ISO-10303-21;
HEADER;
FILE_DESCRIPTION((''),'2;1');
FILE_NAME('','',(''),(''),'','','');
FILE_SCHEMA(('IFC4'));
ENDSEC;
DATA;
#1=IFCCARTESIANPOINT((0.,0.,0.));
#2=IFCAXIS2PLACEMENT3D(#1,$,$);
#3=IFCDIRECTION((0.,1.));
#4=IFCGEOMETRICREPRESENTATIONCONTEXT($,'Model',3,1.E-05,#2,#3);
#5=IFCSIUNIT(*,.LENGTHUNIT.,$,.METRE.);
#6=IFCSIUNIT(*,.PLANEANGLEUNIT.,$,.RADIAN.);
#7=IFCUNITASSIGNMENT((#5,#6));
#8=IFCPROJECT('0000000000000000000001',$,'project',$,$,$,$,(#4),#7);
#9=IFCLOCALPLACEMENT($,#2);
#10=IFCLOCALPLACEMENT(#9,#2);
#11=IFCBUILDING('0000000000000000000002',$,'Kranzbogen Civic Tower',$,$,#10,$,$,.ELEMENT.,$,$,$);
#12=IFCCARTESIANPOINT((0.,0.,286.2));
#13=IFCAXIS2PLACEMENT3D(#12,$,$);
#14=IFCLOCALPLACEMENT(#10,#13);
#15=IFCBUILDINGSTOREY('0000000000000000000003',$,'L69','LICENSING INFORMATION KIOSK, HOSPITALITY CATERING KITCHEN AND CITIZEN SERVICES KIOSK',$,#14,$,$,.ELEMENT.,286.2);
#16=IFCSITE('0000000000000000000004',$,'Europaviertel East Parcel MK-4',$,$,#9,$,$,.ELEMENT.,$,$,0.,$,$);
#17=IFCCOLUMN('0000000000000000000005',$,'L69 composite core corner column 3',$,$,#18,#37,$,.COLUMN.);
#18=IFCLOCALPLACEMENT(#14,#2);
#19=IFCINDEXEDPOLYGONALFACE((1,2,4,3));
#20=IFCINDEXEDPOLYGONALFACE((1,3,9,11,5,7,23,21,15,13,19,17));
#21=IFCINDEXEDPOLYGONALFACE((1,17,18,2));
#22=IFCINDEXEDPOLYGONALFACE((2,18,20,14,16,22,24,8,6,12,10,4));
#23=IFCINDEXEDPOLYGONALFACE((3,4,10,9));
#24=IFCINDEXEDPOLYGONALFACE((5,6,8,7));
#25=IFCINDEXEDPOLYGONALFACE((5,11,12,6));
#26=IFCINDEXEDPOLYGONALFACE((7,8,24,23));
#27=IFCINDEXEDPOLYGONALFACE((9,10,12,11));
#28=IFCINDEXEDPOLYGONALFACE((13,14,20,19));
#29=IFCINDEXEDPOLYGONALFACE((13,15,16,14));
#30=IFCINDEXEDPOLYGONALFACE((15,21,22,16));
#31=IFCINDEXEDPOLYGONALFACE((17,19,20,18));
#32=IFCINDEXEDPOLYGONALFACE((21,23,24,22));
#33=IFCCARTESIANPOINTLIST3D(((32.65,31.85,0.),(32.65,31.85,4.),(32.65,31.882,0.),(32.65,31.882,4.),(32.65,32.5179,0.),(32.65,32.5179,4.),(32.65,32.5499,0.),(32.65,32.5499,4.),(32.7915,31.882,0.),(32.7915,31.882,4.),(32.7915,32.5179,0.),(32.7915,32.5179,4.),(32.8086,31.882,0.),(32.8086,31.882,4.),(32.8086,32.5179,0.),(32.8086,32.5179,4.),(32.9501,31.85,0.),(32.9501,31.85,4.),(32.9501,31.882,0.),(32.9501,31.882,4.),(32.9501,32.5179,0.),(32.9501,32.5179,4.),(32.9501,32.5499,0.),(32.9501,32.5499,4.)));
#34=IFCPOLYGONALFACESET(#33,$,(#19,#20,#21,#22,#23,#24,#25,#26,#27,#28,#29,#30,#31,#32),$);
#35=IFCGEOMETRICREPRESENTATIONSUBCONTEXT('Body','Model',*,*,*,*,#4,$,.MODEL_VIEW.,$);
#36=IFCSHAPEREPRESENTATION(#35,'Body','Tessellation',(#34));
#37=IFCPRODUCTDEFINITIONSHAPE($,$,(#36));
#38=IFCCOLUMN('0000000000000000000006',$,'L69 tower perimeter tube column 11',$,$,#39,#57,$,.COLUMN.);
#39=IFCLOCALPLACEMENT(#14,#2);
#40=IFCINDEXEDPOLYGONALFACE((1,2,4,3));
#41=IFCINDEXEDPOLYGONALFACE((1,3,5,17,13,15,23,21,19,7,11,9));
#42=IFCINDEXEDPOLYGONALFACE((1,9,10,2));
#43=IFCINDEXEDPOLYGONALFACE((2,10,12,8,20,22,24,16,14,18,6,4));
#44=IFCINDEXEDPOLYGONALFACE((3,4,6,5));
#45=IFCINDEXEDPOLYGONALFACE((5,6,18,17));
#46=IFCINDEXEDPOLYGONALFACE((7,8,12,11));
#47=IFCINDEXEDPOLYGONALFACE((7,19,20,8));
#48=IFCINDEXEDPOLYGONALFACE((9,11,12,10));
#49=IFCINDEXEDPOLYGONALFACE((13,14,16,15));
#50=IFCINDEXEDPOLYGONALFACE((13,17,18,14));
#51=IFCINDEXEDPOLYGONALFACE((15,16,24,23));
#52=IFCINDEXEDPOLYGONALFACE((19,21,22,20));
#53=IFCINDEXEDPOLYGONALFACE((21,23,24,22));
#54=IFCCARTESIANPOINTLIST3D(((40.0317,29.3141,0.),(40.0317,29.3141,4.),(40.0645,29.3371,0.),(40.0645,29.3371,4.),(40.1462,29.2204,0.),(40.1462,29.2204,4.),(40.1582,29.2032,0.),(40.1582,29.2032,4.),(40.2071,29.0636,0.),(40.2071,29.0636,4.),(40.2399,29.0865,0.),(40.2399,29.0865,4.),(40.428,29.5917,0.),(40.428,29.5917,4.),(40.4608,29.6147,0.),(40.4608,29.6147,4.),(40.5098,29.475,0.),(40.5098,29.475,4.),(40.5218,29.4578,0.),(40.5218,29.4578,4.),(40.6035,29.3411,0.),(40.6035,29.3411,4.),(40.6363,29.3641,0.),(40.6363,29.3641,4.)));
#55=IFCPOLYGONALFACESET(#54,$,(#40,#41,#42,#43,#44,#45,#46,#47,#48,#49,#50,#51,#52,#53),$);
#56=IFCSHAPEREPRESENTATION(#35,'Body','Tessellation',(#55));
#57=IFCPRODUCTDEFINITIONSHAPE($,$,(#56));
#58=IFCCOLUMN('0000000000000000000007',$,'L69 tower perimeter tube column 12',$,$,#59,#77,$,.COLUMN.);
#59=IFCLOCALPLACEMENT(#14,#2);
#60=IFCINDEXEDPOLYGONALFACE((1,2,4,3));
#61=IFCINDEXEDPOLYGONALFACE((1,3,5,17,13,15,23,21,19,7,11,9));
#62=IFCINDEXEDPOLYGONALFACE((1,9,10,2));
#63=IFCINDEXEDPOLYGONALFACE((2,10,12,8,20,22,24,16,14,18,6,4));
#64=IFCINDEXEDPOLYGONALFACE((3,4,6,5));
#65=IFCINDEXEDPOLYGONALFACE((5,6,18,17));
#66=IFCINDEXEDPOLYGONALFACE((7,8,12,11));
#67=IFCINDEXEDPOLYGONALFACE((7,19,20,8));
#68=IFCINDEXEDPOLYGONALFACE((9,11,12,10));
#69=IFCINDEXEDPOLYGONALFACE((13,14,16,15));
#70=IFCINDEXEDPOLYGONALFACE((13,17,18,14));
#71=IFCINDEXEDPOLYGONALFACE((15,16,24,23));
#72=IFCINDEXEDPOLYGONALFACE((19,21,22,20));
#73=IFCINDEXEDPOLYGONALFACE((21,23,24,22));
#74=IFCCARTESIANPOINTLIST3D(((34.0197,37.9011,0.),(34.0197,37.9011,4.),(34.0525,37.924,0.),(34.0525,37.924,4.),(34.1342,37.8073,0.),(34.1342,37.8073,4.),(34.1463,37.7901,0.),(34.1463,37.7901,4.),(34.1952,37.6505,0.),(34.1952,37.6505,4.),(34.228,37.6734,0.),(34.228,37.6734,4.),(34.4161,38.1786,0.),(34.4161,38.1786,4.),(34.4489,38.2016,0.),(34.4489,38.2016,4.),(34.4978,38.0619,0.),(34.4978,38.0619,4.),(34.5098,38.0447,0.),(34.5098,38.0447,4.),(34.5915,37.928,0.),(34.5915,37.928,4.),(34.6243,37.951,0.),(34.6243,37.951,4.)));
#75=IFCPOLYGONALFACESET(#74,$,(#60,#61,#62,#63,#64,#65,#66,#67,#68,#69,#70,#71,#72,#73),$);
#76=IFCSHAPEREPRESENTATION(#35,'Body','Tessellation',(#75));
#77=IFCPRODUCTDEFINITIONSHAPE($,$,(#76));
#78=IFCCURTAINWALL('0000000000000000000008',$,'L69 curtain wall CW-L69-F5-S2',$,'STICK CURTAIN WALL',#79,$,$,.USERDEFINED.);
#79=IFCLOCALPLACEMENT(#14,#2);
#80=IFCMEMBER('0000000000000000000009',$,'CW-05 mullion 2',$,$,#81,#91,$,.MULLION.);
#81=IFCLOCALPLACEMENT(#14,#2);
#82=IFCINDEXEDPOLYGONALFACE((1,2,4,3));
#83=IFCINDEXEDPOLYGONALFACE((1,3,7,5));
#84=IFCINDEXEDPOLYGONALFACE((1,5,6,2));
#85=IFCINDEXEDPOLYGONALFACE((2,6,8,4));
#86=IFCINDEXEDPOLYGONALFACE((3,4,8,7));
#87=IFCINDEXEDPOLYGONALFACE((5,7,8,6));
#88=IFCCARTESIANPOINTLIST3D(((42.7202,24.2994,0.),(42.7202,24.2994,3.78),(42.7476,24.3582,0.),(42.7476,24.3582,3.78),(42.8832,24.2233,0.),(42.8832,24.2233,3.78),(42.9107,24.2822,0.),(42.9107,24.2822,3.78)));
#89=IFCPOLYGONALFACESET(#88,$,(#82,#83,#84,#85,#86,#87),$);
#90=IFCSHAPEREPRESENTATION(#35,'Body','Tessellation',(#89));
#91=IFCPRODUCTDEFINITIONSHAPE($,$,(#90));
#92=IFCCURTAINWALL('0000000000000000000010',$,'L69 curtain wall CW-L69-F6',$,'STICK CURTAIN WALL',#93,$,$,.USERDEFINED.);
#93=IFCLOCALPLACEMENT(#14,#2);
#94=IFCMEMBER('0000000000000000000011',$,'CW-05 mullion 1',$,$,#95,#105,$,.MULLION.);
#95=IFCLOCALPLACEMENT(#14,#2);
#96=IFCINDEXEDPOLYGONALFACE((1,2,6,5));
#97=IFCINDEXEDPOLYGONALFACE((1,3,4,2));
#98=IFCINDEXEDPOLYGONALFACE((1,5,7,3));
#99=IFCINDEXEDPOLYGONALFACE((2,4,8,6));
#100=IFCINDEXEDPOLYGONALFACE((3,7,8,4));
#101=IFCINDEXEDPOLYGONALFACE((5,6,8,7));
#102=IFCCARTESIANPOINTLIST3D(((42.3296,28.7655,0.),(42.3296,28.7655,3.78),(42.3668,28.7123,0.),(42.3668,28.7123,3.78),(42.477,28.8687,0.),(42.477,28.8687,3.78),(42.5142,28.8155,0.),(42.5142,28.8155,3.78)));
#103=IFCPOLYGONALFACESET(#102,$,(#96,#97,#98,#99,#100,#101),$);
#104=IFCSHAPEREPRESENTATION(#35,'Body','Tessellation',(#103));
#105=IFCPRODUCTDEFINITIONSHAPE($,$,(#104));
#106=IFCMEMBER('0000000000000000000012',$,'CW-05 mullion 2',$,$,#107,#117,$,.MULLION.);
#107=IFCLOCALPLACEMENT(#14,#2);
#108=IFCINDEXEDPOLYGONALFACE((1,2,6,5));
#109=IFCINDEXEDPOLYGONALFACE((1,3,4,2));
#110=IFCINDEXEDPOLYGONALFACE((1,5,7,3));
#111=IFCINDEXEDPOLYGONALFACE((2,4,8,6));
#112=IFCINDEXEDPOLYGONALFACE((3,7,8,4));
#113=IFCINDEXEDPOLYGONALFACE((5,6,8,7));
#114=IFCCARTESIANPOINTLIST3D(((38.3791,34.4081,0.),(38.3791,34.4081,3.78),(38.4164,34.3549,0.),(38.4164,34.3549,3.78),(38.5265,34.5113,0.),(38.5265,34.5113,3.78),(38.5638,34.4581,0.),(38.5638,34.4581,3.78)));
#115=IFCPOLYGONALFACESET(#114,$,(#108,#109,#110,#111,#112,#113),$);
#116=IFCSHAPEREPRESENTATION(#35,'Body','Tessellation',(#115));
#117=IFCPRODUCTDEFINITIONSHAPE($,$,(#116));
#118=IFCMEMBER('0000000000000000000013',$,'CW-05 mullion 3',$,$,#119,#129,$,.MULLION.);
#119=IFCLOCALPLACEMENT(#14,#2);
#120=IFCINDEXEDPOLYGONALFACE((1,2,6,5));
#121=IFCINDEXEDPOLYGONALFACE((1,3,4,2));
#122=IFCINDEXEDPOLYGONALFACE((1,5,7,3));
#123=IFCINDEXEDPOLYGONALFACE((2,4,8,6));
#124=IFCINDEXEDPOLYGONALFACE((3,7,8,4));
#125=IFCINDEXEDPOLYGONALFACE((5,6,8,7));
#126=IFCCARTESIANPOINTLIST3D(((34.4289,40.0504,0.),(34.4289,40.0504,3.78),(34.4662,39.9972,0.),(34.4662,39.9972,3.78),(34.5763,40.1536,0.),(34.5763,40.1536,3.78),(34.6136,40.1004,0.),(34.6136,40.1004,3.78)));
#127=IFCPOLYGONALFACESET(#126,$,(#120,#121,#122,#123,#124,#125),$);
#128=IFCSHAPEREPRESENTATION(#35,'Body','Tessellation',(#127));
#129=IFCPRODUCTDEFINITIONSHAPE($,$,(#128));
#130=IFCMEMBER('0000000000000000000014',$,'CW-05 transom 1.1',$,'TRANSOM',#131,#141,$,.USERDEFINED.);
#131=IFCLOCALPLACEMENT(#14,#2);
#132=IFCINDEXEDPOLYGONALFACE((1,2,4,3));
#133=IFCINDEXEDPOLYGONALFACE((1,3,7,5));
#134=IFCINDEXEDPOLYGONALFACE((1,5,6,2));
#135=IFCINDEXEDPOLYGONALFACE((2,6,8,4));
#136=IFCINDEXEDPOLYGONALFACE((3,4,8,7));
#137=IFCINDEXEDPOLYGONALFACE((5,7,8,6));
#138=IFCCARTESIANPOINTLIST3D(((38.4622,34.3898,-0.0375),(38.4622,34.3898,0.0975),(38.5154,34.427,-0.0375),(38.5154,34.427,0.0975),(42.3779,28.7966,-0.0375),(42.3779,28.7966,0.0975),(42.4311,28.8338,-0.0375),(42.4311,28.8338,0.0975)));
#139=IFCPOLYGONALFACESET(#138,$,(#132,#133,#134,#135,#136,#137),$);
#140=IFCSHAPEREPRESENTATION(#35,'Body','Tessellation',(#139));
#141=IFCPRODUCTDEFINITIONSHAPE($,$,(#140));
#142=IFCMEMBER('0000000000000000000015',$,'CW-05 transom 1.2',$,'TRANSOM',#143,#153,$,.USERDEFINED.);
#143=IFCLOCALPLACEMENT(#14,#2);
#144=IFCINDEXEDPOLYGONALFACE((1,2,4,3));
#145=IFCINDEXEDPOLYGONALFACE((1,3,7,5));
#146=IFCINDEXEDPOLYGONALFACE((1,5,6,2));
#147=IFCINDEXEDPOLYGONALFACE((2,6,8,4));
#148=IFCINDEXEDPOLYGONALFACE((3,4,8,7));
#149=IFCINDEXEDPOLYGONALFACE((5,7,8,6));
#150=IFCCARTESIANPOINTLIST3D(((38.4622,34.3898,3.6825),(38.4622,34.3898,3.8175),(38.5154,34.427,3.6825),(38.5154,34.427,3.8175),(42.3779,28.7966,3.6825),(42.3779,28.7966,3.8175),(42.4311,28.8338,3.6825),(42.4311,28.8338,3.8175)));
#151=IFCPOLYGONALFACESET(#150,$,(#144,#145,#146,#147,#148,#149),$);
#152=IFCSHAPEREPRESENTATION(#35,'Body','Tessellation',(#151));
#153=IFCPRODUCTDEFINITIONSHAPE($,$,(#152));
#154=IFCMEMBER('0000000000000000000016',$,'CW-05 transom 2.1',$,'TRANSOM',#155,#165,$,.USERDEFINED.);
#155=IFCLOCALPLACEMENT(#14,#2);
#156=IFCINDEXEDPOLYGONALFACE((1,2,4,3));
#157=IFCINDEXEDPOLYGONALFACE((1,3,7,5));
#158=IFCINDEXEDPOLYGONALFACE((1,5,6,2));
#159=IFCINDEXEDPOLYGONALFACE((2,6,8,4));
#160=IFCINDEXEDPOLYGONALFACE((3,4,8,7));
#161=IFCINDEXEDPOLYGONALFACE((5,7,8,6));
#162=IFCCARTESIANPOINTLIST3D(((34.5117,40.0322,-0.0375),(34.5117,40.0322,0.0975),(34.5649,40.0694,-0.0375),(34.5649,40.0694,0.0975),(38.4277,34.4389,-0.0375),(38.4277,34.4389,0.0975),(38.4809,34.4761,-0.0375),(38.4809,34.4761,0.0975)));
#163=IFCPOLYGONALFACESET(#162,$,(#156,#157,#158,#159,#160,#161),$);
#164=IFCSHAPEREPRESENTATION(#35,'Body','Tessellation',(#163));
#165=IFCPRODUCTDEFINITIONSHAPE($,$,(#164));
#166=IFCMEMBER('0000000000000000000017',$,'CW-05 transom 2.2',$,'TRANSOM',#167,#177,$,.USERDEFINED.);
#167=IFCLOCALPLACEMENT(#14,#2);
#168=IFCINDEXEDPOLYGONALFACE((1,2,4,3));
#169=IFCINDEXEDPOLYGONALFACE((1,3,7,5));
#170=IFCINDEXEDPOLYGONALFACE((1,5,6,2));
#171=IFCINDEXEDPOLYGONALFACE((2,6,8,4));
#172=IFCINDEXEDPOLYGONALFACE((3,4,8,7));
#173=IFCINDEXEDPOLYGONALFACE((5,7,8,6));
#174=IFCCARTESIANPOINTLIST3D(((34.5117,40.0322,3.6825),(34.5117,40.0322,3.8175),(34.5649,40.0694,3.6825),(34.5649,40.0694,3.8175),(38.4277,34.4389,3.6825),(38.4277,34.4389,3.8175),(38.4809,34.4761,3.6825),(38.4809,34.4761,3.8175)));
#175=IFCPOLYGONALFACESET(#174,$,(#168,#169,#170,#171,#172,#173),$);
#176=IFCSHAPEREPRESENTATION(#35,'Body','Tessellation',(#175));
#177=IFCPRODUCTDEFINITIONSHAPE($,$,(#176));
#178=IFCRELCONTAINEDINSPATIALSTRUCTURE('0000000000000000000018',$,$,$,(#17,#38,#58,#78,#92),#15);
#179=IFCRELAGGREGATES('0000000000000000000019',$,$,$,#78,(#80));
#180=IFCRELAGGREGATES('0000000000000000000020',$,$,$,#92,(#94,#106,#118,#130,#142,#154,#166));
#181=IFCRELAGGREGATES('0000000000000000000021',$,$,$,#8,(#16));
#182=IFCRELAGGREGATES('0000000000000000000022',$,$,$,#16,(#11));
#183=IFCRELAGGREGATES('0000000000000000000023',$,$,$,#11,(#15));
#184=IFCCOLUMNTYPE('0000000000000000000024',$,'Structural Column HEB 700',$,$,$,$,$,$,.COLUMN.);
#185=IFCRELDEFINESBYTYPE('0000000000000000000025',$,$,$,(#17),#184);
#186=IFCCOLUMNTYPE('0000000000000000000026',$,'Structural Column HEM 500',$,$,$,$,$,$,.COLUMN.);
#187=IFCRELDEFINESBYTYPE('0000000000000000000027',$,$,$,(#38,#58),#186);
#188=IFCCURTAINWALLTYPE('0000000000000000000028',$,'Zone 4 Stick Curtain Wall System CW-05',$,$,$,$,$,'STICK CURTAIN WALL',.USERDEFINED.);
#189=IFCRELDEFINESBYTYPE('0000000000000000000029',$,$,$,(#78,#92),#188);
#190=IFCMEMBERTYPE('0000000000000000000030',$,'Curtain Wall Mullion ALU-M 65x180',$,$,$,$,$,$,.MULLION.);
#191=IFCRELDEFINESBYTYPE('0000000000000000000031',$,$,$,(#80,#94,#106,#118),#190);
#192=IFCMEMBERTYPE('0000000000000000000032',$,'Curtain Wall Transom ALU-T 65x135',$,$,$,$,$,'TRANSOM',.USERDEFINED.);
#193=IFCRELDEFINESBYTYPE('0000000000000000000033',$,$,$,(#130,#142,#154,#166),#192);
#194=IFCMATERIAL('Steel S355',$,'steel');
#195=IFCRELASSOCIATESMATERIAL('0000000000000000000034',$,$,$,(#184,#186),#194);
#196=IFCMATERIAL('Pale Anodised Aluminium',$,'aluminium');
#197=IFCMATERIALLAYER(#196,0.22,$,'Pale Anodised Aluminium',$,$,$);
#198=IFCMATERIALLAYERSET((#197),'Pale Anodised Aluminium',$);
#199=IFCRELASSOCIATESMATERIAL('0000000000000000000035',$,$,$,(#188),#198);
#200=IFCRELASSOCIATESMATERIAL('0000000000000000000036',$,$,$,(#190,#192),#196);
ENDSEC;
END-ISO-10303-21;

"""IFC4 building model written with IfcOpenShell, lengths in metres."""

from ifc_helpers import new_model, si_unit, direction, frame, origin, origin_2d, place, context, subcontext, project, spatial, rectangle, i_section, extrude, material, layer, layer_set, material_profile, profile_set, type_object, element, aggregate, save


model = new_model("IFC4")

# Units and contexts
model_context = context("Model", 3, precision=1e-05, world=origin(), true_north=direction((0.0, 1.0)))
body_context = subcontext(model_context, "Body", "Model", "MODEL_VIEW")
ifc_project = project(units=[si_unit("LENGTHUNIT", "METRE"), si_unit("PLANEANGLEUNIT", "RADIAN")], contexts=[model_context])

# Site, building, storey
site_placement = place(None, origin())
site = spatial("IfcSite", under=ifc_project, at=site_placement, Name="Europaviertel East Parcel MK-4", CompositionType="ELEMENT", RefElevation=0.0)
building_placement = place(site_placement, origin())
building = spatial("IfcBuilding", under=site, at=building_placement, Name="Kranzbogen Civic Tower", CompositionType="ELEMENT")
storey_placement = place(building_placement, frame((0.0, 0.0, 286.2)))
storey = spatial("IfcBuildingStorey", under=building, at=storey_placement, Name="L69", Description="LICENSING INFORMATION KIOSK, HOSPITALITY CATERING KITCHEN AND CITIZEN SERVICES KIOSK", CompositionType="ELEMENT", Elevation=286.2)

# Columns
ifc_material_1 = material(Name="Steel S355", Category="steel")
ifc_material_profile_1 = material_profile(ifc_material_1, i_section(OverallWidth=0.3, OverallDepth=0.7, WebThickness=0.0171, FlangeThickness=0.032, at=origin_2d()), Name="HEB 700")
ifc_profile_set_1 = profile_set([ifc_material_profile_1], Name="Steel S355")
column_type_1 = type_object("IfcColumnType", Name="Structural Column HEB 700", PredefinedType="COLUMN", material=ifc_profile_set_1)
column_placement = place(storey_placement, frame((32.8, 32.2, 0.0), z_axis=(0.0, 0.0, 1.0), x_axis=(1.0, 0.0, 0.0)))
element("IfcColumn", 1, at=column_placement, inside=storey, type_object=column_type_1, Name="L69 composite core corner column 3", PredefinedType="COLUMN", context=body_context, shape_type="SweptSolid", body=[
    extrude(i_section(OverallWidth=0.3, OverallDepth=0.7, WebThickness=0.0171, FlangeThickness=0.032, at=origin_2d()), origin(), (0.0, 0.0, 1.0), 4.0),
])
ifc_material_profile_2 = material_profile(ifc_material_1, i_section(OverallWidth=0.3059, OverallDepth=0.5239, WebThickness=0.021, FlangeThickness=0.04, at=origin_2d()), Name="HEM 500")
ifc_profile_set_2 = profile_set([ifc_material_profile_2], Name="Steel S355")
column_type_2 = type_object("IfcColumnType", Name="Structural Column HEM 500", PredefinedType="COLUMN", material=ifc_profile_set_2)
for number, where, z_axis, x_axis, name in (
    (2, (40.334, 29.3391, 0.0), (0.0, 0.0, 1.0), (-0.573576, 0.819152, 0.0), "L69 tower perimeter tube column 11"),
    (3, (34.322, 37.926, 0.0), (0.0, 0.0, 1.0), (-0.573576, 0.819152, 0.0), "L69 tower perimeter tube column 12"),
):
    element("IfcColumn", number, at=place(storey_placement, frame(where, z_axis=z_axis, x_axis=x_axis)), inside=storey, type_object=column_type_2, Name=name, PredefinedType="COLUMN", context=body_context, shape_type="SweptSolid", body=[
        extrude(i_section(OverallWidth=0.3059, OverallDepth=0.5239, WebThickness=0.021, FlangeThickness=0.04, at=origin_2d()), origin(), (0.0, 0.0, 1.0), 4.0),
    ])

# Curtain wall, member
ifc_material_2 = material(Name="Pale Anodised Aluminium", Category="aluminium")
ifc_layer_1 = layer(ifc_material_2, 0.22, Name="Pale Anodised Aluminium")
ifc_layer_set_1 = layer_set([ifc_layer_1], Name="Pale Anodised Aluminium")
curtain_wall_type = type_object("IfcCurtainWallType", Name="Zone 4 Stick Curtain Wall System CW-05", ElementType="STICK CURTAIN WALL", PredefinedType="USERDEFINED", material=ifc_layer_set_1)
curtain_wall_1_placement = place(storey_placement, origin())
curtain_wall_1 = element("IfcCurtainWall", 4, at=curtain_wall_1_placement, inside=storey, type_object=curtain_wall_type, Name="L69 curtain wall CW-L69-F5-S2", ObjectType="STICK CURTAIN WALL", PredefinedType="USERDEFINED")
ifc_material_profile_3 = material_profile(ifc_material_2, rectangle(XDim=0.0649, YDim=0.1799, at=origin_2d()), Name="ALU-M 65x180")
ifc_profile_set_3 = profile_set([ifc_material_profile_3], Name="Pale Anodised Aluminium")
member_type_1 = type_object("IfcMemberType", Name="Curtain Wall Mullion ALU-M 65x180", PredefinedType="MULLION", material=ifc_profile_set_3)
member_1_placement = place(storey_placement, frame((42.8154, 24.2908, 0.0), z_axis=(0.0, 0.0, 1.0), x_axis=(0.422627, 0.906304, 0.0)))
member_1 = element("IfcMember", 5, at=member_1_placement, type_object=member_type_1, Name="CW-05 mullion 2", PredefinedType="MULLION", context=body_context, shape_type="SweptSolid", body=[
    extrude(rectangle(XDim=0.0649, YDim=0.1799, at=origin_2d()), origin(), (0.0, 0.0, 1.0), 3.78),
])
aggregate(curtain_wall_1, [member_1])

# Curtain wall, members
curtain_wall_2_placement = place(storey_placement, origin())
curtain_wall_2 = element("IfcCurtainWall", 6, at=curtain_wall_2_placement, inside=storey, type_object=curtain_wall_type, Name="L69 curtain wall CW-L69-F6", ObjectType="STICK CURTAIN WALL", PredefinedType="USERDEFINED")
member_2_placement = place(storey_placement, frame((42.4219, 28.7905, 0.0), z_axis=(0.0, 0.0, 1.0), x_axis=(-0.573521, 0.819191, 0.0)))
member_2 = element("IfcMember", 7, at=member_2_placement, type_object=member_type_1, Name="CW-05 mullion 1", PredefinedType="MULLION", context=body_context, shape_type="SweptSolid", body=[
    extrude(rectangle(XDim=0.0649, YDim=0.1799, at=origin_2d()), origin(), (0.0, 0.0, 1.0), 3.78),
])
member_3_placement = place(storey_placement, frame((38.4714, 34.4331, 0.0), z_axis=(0.0, 0.0, 1.0), x_axis=(-0.573521, 0.819191, 0.0)))
member_3 = element("IfcMember", 8, at=member_3_placement, type_object=member_type_1, Name="CW-05 mullion 2", PredefinedType="MULLION", context=body_context, shape_type="SweptSolid", body=[
    extrude(rectangle(XDim=0.0649, YDim=0.1799, at=origin_2d()), origin(), (0.0, 0.0, 1.0), 3.78),
])
member_4_placement = place(storey_placement, frame((34.5212, 40.0754, 0.0), z_axis=(0.0, 0.0, 1.0), x_axis=(-0.573521, 0.819191, 0.0)))
member_4 = element("IfcMember", 9, at=member_4_placement, type_object=member_type_1, Name="CW-05 mullion 3", PredefinedType="MULLION", context=body_context, shape_type="SweptSolid", body=[
    extrude(rectangle(XDim=0.0649, YDim=0.1799, at=origin_2d()), origin(), (0.0, 0.0, 1.0), 3.78),
])
ifc_material_profile_4 = material_profile(ifc_material_2, rectangle(XDim=0.0649, YDim=0.135, at=origin_2d()), Name="ALU-T 65x135")
ifc_profile_set_4 = profile_set([ifc_material_profile_4], Name="Pale Anodised Aluminium")
member_type_2 = type_object("IfcMemberType", Name="Curtain Wall Transom ALU-T 65x135", ElementType="TRANSOM", PredefinedType="USERDEFINED", material=ifc_profile_set_4)
member_5_placement = place(storey_placement, frame((42.4045, 28.8152, 0.03), z_axis=(-0.57351, 0.819198, 0.0), x_axis=(-0.819198, -0.57351, 0.0)))
member_5 = element("IfcMember", 10, at=member_5_placement, type_object=member_type_2, Name="CW-05 transom 1.1", ObjectType="TRANSOM", PredefinedType="USERDEFINED", context=body_context, shape_type="SweptSolid", body=[
    extrude(rectangle(XDim=0.0649, YDim=0.135, at=origin_2d()), origin(), (0.0, 0.0, 1.0), 6.8276),
])
member_6_placement = place(storey_placement, frame((42.4045, 28.8152, 3.75), z_axis=(-0.57351, 0.819198, 0.0), x_axis=(-0.819198, -0.57351, 0.0)))
member_6 = element("IfcMember", 11, at=member_6_placement, type_object=member_type_2, Name="CW-05 transom 1.2", ObjectType="TRANSOM", PredefinedType="USERDEFINED", context=body_context, shape_type="SweptSolid", body=[
    extrude(rectangle(XDim=0.0649, YDim=0.135, at=origin_2d()), origin(), (0.0, 0.0, 1.0), 6.8276),
])
member_7_placement = place(storey_placement, frame((38.4543, 34.4575, 0.03), z_axis=(-0.573534, 0.819182, 0.0), x_axis=(-0.819182, -0.573534, 0.0)))
member_7 = element("IfcMember", 12, at=member_7_placement, type_object=member_type_2, Name="CW-05 transom 2.1", ObjectType="TRANSOM", PredefinedType="USERDEFINED", context=body_context, shape_type="SweptSolid", body=[
    extrude(rectangle(XDim=0.0649, YDim=0.135, at=origin_2d()), origin(), (0.0, 0.0, 1.0), 6.8279),
])
member_8_placement = place(storey_placement, frame((38.4543, 34.4575, 3.75), z_axis=(-0.573534, 0.819182, 0.0), x_axis=(-0.819182, -0.573534, 0.0)))
member_8 = element("IfcMember", 13, at=member_8_placement, type_object=member_type_2, Name="CW-05 transom 2.2", ObjectType="TRANSOM", PredefinedType="USERDEFINED", context=body_context, shape_type="SweptSolid", body=[
    extrude(rectangle(XDim=0.0649, YDim=0.135, at=origin_2d()), origin(), (0.0, 0.0, 1.0), 6.8279),
])

aggregate(curtain_wall_2, [member_2, member_3, member_4, member_5, member_6, member_7, member_8])

save(model, "model.ifc")
